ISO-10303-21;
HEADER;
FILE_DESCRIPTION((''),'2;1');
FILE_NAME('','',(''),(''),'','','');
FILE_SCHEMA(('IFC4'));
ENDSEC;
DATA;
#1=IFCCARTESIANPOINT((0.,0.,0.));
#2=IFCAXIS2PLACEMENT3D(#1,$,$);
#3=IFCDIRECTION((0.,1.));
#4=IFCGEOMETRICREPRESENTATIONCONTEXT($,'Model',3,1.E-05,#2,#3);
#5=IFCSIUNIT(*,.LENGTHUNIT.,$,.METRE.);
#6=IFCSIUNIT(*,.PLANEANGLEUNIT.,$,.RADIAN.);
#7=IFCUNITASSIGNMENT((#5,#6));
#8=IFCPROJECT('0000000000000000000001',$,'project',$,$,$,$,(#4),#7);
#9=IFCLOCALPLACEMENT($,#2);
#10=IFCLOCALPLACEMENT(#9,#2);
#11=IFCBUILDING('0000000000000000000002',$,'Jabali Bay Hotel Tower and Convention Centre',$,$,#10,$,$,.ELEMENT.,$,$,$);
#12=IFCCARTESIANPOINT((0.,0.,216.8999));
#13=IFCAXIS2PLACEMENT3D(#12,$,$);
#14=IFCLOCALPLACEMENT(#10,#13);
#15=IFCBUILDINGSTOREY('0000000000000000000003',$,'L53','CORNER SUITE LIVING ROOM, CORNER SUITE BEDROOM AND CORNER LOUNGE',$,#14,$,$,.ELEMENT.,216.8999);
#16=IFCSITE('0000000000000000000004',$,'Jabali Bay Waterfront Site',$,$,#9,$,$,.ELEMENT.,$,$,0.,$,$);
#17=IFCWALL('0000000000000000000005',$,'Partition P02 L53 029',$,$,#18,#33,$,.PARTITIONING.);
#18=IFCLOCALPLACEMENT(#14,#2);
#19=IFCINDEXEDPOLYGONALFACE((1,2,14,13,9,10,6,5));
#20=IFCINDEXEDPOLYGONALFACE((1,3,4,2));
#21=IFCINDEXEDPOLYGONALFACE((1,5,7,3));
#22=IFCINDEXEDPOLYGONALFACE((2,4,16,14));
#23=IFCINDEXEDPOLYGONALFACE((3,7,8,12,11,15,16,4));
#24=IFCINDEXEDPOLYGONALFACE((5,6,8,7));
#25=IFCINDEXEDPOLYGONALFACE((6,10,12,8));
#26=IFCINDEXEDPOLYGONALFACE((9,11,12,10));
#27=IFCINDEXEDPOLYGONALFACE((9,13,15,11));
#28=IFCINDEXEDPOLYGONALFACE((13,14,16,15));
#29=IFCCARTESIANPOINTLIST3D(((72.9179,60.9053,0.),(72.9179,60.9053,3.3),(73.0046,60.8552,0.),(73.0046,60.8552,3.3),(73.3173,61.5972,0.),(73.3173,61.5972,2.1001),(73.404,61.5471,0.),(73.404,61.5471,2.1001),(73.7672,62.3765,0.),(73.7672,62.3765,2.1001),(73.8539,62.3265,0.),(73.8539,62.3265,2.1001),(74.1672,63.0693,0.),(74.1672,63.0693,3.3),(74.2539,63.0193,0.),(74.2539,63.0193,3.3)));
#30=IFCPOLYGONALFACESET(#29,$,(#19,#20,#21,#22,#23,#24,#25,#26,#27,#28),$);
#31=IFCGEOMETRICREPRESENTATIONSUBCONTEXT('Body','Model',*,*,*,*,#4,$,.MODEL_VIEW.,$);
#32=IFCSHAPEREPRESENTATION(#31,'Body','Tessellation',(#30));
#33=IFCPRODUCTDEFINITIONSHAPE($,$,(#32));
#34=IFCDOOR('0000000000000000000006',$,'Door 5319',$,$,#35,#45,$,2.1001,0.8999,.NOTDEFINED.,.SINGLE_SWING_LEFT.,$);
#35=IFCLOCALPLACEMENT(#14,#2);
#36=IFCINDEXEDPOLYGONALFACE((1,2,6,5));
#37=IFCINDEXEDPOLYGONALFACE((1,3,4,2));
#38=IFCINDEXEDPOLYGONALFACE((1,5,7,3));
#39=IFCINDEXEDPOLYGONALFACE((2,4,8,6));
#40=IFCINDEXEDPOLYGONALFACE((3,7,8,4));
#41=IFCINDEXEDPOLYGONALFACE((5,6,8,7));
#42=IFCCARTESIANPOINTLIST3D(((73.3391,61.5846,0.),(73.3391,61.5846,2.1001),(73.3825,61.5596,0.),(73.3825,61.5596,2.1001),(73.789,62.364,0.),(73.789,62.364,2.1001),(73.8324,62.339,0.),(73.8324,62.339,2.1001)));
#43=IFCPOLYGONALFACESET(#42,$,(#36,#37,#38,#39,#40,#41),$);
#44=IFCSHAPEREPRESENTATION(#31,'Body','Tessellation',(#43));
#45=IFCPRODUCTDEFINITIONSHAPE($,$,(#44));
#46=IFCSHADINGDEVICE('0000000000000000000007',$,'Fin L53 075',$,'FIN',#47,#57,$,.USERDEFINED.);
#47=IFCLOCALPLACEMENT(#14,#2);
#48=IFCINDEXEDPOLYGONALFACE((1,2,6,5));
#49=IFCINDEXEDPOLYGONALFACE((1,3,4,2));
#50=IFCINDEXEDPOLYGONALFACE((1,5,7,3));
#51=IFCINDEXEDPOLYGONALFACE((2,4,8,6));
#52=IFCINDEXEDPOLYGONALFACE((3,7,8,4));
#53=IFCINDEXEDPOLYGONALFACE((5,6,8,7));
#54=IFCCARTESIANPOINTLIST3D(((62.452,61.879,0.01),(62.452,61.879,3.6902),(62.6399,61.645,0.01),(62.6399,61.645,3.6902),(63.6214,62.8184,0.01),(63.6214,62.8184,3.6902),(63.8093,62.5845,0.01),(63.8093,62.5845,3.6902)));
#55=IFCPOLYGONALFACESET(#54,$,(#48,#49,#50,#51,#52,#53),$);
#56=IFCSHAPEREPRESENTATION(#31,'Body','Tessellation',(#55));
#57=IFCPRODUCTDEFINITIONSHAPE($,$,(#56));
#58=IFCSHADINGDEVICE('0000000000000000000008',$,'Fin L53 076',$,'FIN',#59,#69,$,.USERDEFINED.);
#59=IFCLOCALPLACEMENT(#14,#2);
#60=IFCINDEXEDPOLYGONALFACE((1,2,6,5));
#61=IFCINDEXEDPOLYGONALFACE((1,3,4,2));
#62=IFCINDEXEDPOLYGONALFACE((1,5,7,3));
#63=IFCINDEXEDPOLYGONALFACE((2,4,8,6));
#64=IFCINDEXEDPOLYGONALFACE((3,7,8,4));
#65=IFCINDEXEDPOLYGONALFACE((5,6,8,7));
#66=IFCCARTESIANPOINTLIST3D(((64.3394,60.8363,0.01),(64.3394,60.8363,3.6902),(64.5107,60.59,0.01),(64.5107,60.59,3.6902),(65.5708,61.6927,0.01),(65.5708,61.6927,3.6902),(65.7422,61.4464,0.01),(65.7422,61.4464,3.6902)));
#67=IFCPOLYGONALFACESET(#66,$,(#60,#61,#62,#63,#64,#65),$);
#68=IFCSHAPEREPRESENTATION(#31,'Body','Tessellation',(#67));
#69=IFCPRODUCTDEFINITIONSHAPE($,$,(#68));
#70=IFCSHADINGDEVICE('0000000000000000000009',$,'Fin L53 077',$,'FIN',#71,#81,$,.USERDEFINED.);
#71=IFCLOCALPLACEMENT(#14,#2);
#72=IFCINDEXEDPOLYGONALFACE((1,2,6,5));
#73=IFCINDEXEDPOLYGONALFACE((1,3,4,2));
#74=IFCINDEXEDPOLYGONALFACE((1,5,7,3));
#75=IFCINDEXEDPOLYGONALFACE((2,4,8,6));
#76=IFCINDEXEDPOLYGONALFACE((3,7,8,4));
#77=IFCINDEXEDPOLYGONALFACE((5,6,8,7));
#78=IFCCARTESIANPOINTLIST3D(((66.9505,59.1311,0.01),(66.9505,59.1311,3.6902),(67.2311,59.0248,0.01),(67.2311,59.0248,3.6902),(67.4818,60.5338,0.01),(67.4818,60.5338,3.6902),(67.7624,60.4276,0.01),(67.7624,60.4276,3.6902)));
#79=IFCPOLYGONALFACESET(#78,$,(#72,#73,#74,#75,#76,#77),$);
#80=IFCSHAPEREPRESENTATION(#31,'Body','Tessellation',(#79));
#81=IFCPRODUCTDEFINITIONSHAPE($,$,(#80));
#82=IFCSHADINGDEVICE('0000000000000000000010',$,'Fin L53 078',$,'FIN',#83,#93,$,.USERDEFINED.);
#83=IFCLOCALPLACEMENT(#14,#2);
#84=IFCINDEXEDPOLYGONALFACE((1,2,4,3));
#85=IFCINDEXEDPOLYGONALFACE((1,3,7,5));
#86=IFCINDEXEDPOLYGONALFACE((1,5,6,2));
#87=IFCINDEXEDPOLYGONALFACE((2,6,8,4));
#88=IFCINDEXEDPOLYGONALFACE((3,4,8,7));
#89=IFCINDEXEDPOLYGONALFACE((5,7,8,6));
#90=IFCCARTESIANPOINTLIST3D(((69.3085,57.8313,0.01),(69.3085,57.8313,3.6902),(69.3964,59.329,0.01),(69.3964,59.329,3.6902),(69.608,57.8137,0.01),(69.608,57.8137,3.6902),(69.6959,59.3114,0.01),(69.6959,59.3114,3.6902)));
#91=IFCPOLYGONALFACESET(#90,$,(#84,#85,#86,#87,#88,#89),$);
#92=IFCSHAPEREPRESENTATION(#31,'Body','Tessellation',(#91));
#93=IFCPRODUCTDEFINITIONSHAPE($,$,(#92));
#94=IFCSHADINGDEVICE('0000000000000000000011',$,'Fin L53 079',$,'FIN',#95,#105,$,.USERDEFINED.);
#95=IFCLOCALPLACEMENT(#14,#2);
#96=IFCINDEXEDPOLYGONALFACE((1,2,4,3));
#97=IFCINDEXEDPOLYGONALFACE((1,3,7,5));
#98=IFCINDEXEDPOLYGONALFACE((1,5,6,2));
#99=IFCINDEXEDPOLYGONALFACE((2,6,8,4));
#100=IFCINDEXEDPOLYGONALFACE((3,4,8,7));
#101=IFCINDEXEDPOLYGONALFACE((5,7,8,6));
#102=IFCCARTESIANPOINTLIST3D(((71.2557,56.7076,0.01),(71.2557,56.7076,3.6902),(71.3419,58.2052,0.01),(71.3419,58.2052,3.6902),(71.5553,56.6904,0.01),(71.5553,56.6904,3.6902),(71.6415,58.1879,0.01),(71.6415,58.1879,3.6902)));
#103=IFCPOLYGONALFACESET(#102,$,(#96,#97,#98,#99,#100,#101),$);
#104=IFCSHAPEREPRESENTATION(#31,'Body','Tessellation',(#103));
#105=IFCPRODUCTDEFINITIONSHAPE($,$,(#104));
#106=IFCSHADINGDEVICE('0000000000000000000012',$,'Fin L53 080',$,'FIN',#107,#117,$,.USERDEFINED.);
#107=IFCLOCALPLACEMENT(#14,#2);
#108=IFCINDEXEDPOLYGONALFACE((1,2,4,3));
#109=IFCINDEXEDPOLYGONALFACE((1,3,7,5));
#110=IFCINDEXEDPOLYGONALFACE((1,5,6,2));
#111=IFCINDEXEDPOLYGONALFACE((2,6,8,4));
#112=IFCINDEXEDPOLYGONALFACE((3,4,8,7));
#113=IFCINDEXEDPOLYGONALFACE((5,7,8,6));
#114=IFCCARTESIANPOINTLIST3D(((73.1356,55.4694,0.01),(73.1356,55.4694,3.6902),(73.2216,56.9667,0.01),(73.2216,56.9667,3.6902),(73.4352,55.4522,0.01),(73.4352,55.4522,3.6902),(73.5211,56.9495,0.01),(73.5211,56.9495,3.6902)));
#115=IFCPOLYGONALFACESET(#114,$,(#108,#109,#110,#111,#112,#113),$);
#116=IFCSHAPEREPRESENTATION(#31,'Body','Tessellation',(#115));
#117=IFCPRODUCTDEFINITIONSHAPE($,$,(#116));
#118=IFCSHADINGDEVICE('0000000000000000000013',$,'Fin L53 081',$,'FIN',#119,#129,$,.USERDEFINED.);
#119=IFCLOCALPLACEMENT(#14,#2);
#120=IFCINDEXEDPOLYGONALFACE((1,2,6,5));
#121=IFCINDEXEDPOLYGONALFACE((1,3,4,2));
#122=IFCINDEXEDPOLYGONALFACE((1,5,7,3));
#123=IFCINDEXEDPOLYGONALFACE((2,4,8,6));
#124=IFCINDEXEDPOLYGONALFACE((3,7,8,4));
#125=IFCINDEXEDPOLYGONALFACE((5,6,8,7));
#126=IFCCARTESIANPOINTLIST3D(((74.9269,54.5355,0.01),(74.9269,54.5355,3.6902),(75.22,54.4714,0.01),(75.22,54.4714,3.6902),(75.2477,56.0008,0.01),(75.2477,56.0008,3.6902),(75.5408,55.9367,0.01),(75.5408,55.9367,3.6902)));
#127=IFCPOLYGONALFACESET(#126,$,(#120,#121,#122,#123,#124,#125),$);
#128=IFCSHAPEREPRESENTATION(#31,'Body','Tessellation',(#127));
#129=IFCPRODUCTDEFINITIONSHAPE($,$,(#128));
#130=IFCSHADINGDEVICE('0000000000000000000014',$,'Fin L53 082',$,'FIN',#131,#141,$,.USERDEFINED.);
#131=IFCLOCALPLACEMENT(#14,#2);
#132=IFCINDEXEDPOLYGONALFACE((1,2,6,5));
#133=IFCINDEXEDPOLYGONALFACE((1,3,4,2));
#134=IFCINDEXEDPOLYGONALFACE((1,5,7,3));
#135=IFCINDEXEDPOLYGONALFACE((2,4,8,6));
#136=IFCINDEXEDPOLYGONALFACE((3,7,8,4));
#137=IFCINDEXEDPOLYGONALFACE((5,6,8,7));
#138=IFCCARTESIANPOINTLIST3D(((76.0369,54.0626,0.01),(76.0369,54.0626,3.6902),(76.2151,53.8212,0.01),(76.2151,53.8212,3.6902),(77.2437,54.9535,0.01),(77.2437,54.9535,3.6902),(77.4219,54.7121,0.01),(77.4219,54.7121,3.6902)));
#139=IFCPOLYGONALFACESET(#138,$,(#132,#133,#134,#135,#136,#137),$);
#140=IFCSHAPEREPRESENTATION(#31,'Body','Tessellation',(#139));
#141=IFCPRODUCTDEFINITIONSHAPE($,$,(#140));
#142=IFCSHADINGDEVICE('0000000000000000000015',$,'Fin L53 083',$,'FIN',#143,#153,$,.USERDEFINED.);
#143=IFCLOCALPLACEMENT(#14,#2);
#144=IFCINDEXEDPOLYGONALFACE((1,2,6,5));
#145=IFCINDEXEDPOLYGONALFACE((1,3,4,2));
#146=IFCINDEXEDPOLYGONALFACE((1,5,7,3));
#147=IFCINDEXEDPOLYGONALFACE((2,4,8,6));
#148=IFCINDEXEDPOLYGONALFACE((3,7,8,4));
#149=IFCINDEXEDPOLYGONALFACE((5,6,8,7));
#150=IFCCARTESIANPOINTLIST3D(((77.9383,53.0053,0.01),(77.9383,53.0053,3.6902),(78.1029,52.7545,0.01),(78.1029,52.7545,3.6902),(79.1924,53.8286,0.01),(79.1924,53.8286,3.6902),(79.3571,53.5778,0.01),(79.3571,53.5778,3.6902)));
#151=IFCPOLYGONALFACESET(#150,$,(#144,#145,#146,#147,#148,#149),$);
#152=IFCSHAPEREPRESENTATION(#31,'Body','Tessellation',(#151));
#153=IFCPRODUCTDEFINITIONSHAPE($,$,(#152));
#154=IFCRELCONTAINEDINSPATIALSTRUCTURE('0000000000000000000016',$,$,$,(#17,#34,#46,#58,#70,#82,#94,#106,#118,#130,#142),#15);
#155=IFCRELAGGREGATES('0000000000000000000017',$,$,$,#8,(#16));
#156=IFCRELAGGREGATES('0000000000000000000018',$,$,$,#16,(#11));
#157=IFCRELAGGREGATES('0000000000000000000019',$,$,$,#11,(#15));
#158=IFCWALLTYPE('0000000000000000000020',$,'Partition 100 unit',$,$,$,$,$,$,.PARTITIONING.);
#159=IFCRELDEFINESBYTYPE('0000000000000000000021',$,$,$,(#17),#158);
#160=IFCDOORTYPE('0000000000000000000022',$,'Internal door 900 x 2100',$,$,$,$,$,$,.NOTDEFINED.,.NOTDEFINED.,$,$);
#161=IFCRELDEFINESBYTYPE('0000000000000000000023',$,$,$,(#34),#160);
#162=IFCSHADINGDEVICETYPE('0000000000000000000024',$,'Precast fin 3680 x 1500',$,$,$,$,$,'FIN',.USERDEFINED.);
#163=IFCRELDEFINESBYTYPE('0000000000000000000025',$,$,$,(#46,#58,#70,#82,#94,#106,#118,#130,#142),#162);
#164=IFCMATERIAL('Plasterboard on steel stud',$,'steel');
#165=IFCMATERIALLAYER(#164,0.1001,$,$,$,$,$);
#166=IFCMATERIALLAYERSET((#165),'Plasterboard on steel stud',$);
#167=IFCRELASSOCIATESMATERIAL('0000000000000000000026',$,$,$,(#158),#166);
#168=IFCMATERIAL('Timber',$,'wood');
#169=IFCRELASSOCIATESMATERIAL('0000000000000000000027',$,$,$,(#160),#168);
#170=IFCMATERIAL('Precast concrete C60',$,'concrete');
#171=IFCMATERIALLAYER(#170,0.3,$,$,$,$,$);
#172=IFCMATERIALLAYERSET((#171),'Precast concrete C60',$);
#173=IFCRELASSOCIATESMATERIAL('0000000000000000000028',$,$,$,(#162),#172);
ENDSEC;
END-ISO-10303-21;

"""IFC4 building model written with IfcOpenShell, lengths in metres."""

from ifc_helpers import new_model, si_unit, direction, frame, frame_2d, origin, place, context, subcontext, project, spatial, rectangle, extrude, material, layer, layer_set, type_object, element, fill, save


model = new_model("IFC4")

# Units and contexts
model_context = context("Model", 3, precision=1e-05, world=origin(), true_north=direction((0.0, 1.0)))
body_context = subcontext(model_context, "Body", "Model", "MODEL_VIEW")
ifc_project = project(units=[si_unit("LENGTHUNIT", "METRE"), si_unit("PLANEANGLEUNIT", "RADIAN")], contexts=[model_context])

# Site, building, storey
site_placement = place(None, origin())
site = spatial("IfcSite", under=ifc_project, at=site_placement, Name="Jabali Bay Waterfront Site", CompositionType="ELEMENT", RefElevation=0.0)
building_placement = place(site_placement, origin())
building = spatial("IfcBuilding", under=site, at=building_placement, Name="Jabali Bay Hotel Tower and Convention Centre", CompositionType="ELEMENT")
storey_placement = place(building_placement, frame((0.0, 0.0, 216.8999)))
storey = spatial("IfcBuildingStorey", under=building, at=storey_placement, Name="L53", Description="CORNER SUITE LIVING ROOM, CORNER SUITE BEDROOM AND CORNER LOUNGE", CompositionType="ELEMENT", Elevation=216.8999)

# Wall, opening, door
ifc_material_1 = material(Name="Plasterboard on steel stud", Category="steel")
ifc_layer_1 = layer(ifc_material_1, 0.1001)
ifc_layer_set_1 = layer_set([ifc_layer_1], Name="Plasterboard on steel stud")
wall_type_1 = type_object("IfcWallType", Name="Partition 100 unit", PredefinedType="PARTITIONING", material=ifc_layer_set_1)
wall_1_placement = place(storey_placement, frame((72.9612, 60.8801, 0.0), z_axis=(0.0, 0.0, 1.0), x_axis=(0.499954, 0.866052, 0.0)))
wall_1 = element("IfcWall", 1, at=wall_1_placement, inside=storey, type_object=wall_type_1, Name="Partition P02 L53 029", PredefinedType="PARTITIONING", context=body_context, shape_type="SweptSolid", body=[
    extrude(rectangle(XDim=2.4988, YDim=0.1001, at=frame_2d((1.2495, 0.0))), origin(), (0.0, 0.0, 1.0), 3.3),
])
opening_1_placement = place(wall_1_placement, frame((0.7991, 0.0, 0.0)))
opening_1 = element("IfcOpeningElement", 2, at=opening_1_placement, cuts=wall_1, PredefinedType="OPENING", context=body_context, shape_type="SweptSolid", body=[
    extrude(rectangle(XDim=0.8999, YDim=2.1001, at=frame_2d((0.45, 1.05))), frame((0.0, 0.0605, 0.0), z_axis=(0.0, -1.0, 0.0), x_axis=(1.0, 0.0, 0.0)), (0.0, 0.0, 1.0), 0.1211),
])
ifc_material_2 = material(Name="Timber", Category="wood")
door_type_1 = type_object("IfcDoorType", Name="Internal door 900 x 2100", OperationType="NOTDEFINED", PredefinedType="NOTDEFINED", material=ifc_material_2)
door_1_placement = place(opening_1_placement, origin())
door_1 = element("IfcDoor", 3, at=door_1_placement, inside=storey, type_object=door_type_1, Name="Door 5319", OperationType="SINGLE_SWING_LEFT", OverallHeight=2.1001, OverallWidth=0.8999, PredefinedType="NOTDEFINED", context=body_context, shape_type="SweptSolid", body=[
    extrude(rectangle(XDim=0.8999, YDim=2.1001, at=frame_2d((0.45, 1.05))), frame((0.0, 0.0249, 0.0), z_axis=(0.0, -1.0, 0.0), x_axis=(1.0, 0.0, 0.0)), (0.0, 0.0, 1.0), 0.05),
])
fill(opening_1, door_1)

# Shading devices
ifc_material_3 = material(Name="Precast concrete C60", Category="concrete")
ifc_layer_2 = layer(ifc_material_3, 0.3)
ifc_layer_set_2 = layer_set([ifc_layer_2], Name="Precast concrete C60")
shading_device_type = type_object("IfcShadingDeviceType", Name="Precast fin 3680 x 1500", ElementType="FIN", PredefinedType="USERDEFINED", material=ifc_layer_set_2)
for number, where, z_axis, x_axis, name in (
    (4, (63.7153, 62.7014, 0.01), (0.0, 0.0, 1.0), (-0.779597, -0.626282, 0.0), "Fin L53 075"),
    (5, (65.6565, 61.5696, 0.01), (0.0, 0.0, 1.0), (-0.820972, -0.570969, 0.0), "Fin L53 076"),
    (6, (67.6221, 60.4807, 0.01), (0.0, 0.0, 1.0), (-0.354154, -0.935187, 0.0), "Fin L53 077"),
):
    element("IfcShadingDevice", number, at=place(storey_placement, frame(where, z_axis=z_axis, x_axis=x_axis)), inside=storey, type_object=shading_device_type, Name=name, ObjectType="FIN", PredefinedType="USERDEFINED", context=body_context, shape_type="SweptSolid", body=[
        extrude(rectangle(XDim=1.5, YDim=0.3, at=frame_2d((0.75, 0.0))), origin(), (0.0, 0.0, 1.0), 3.6802),
    ])
shading_device_1_placement = place(storey_placement, frame((69.5461, 59.3201, 0.01), z_axis=(0.0, 0.0, 1.0), x_axis=(-0.058588, -0.998282, 0.0)))
element("IfcShadingDevice", 7, at=shading_device_1_placement, inside=storey, type_object=shading_device_type, Name="Fin L53 078", ObjectType="FIN", PredefinedType="USERDEFINED", context=body_context, shape_type="SweptSolid", body=[
    extrude(rectangle(XDim=1.5002, YDim=0.3, at=frame_2d((0.75, 0.0))), origin(), (0.0, 0.0, 1.0), 3.6802),
])
shading_device_2_placement = place(storey_placement, frame((71.4917, 58.1965, 0.01), z_axis=(0.0, 0.0, 1.0), x_axis=(-0.057453, -0.998348, 0.0)))
element("IfcShadingDevice", 8, at=shading_device_2_placement, inside=storey, type_object=shading_device_type, Name="Fin L53 079", ObjectType="FIN", PredefinedType="USERDEFINED", context=body_context, shape_type="SweptSolid", body=[
    extrude(rectangle(XDim=1.5, YDim=0.3, at=frame_2d((0.75, 0.0))), origin(), (0.0, 0.0, 1.0), 3.6802),
])
shading_device_3_placement = place(storey_placement, frame((73.3713, 56.9583, 0.01), z_axis=(0.0, 0.0, 1.0), x_axis=(-0.0573, -0.998357, 0.0)))
element("IfcShadingDevice", 9, at=shading_device_3_placement, inside=storey, type_object=shading_device_type, Name="Fin L53 080", ObjectType="FIN", PredefinedType="USERDEFINED", context=body_context, shape_type="SweptSolid", body=[
    extrude(rectangle(XDim=1.4998, YDim=0.3, at=frame_2d((0.75, 0.0))), origin(), (0.0, 0.0, 1.0), 3.6802),
])
for number, where, z_axis, x_axis, name in (
    (10, (75.3943, 55.9688, 0.01), (0.0, 0.0, 1.0), (-0.213862, -0.976864, 0.0), "Fin L53 081"),
    (11, (77.3328, 54.8328, 0.01), (0.0, 0.0, 1.0), (-0.804528, -0.593915, 0.0), "Fin L53 082"),
):
    element("IfcShadingDevice", number, at=place(storey_placement, frame(where, z_axis=z_axis, x_axis=x_axis)), inside=storey, type_object=shading_device_type, Name=name, ObjectType="FIN", PredefinedType="USERDEFINED", context=body_context, shape_type="SweptSolid", body=[
        extrude(rectangle(XDim=1.5, YDim=0.3, at=frame_2d((0.75, 0.0))), origin(), (0.0, 0.0, 1.0), 3.6802),
    ])
shading_device_4_placement = place(storey_placement, frame((79.2747, 53.7031, 0.01), z_axis=(0.0, 0.0, 1.0), x_axis=(-0.835985, -0.548752, 0.0)))
element("IfcShadingDevice", 12, at=shading_device_4_placement, inside=storey, type_object=shading_device_type, Name="Fin L53 083", ObjectType="FIN", PredefinedType="USERDEFINED", context=body_context, shape_type="SweptSolid", body=[
    extrude(rectangle(XDim=1.5002, YDim=0.3, at=frame_2d((0.75, 0.0))), origin(), (0.0, 0.0, 1.0), 3.6802),
])

save(model, "model.ifc")
